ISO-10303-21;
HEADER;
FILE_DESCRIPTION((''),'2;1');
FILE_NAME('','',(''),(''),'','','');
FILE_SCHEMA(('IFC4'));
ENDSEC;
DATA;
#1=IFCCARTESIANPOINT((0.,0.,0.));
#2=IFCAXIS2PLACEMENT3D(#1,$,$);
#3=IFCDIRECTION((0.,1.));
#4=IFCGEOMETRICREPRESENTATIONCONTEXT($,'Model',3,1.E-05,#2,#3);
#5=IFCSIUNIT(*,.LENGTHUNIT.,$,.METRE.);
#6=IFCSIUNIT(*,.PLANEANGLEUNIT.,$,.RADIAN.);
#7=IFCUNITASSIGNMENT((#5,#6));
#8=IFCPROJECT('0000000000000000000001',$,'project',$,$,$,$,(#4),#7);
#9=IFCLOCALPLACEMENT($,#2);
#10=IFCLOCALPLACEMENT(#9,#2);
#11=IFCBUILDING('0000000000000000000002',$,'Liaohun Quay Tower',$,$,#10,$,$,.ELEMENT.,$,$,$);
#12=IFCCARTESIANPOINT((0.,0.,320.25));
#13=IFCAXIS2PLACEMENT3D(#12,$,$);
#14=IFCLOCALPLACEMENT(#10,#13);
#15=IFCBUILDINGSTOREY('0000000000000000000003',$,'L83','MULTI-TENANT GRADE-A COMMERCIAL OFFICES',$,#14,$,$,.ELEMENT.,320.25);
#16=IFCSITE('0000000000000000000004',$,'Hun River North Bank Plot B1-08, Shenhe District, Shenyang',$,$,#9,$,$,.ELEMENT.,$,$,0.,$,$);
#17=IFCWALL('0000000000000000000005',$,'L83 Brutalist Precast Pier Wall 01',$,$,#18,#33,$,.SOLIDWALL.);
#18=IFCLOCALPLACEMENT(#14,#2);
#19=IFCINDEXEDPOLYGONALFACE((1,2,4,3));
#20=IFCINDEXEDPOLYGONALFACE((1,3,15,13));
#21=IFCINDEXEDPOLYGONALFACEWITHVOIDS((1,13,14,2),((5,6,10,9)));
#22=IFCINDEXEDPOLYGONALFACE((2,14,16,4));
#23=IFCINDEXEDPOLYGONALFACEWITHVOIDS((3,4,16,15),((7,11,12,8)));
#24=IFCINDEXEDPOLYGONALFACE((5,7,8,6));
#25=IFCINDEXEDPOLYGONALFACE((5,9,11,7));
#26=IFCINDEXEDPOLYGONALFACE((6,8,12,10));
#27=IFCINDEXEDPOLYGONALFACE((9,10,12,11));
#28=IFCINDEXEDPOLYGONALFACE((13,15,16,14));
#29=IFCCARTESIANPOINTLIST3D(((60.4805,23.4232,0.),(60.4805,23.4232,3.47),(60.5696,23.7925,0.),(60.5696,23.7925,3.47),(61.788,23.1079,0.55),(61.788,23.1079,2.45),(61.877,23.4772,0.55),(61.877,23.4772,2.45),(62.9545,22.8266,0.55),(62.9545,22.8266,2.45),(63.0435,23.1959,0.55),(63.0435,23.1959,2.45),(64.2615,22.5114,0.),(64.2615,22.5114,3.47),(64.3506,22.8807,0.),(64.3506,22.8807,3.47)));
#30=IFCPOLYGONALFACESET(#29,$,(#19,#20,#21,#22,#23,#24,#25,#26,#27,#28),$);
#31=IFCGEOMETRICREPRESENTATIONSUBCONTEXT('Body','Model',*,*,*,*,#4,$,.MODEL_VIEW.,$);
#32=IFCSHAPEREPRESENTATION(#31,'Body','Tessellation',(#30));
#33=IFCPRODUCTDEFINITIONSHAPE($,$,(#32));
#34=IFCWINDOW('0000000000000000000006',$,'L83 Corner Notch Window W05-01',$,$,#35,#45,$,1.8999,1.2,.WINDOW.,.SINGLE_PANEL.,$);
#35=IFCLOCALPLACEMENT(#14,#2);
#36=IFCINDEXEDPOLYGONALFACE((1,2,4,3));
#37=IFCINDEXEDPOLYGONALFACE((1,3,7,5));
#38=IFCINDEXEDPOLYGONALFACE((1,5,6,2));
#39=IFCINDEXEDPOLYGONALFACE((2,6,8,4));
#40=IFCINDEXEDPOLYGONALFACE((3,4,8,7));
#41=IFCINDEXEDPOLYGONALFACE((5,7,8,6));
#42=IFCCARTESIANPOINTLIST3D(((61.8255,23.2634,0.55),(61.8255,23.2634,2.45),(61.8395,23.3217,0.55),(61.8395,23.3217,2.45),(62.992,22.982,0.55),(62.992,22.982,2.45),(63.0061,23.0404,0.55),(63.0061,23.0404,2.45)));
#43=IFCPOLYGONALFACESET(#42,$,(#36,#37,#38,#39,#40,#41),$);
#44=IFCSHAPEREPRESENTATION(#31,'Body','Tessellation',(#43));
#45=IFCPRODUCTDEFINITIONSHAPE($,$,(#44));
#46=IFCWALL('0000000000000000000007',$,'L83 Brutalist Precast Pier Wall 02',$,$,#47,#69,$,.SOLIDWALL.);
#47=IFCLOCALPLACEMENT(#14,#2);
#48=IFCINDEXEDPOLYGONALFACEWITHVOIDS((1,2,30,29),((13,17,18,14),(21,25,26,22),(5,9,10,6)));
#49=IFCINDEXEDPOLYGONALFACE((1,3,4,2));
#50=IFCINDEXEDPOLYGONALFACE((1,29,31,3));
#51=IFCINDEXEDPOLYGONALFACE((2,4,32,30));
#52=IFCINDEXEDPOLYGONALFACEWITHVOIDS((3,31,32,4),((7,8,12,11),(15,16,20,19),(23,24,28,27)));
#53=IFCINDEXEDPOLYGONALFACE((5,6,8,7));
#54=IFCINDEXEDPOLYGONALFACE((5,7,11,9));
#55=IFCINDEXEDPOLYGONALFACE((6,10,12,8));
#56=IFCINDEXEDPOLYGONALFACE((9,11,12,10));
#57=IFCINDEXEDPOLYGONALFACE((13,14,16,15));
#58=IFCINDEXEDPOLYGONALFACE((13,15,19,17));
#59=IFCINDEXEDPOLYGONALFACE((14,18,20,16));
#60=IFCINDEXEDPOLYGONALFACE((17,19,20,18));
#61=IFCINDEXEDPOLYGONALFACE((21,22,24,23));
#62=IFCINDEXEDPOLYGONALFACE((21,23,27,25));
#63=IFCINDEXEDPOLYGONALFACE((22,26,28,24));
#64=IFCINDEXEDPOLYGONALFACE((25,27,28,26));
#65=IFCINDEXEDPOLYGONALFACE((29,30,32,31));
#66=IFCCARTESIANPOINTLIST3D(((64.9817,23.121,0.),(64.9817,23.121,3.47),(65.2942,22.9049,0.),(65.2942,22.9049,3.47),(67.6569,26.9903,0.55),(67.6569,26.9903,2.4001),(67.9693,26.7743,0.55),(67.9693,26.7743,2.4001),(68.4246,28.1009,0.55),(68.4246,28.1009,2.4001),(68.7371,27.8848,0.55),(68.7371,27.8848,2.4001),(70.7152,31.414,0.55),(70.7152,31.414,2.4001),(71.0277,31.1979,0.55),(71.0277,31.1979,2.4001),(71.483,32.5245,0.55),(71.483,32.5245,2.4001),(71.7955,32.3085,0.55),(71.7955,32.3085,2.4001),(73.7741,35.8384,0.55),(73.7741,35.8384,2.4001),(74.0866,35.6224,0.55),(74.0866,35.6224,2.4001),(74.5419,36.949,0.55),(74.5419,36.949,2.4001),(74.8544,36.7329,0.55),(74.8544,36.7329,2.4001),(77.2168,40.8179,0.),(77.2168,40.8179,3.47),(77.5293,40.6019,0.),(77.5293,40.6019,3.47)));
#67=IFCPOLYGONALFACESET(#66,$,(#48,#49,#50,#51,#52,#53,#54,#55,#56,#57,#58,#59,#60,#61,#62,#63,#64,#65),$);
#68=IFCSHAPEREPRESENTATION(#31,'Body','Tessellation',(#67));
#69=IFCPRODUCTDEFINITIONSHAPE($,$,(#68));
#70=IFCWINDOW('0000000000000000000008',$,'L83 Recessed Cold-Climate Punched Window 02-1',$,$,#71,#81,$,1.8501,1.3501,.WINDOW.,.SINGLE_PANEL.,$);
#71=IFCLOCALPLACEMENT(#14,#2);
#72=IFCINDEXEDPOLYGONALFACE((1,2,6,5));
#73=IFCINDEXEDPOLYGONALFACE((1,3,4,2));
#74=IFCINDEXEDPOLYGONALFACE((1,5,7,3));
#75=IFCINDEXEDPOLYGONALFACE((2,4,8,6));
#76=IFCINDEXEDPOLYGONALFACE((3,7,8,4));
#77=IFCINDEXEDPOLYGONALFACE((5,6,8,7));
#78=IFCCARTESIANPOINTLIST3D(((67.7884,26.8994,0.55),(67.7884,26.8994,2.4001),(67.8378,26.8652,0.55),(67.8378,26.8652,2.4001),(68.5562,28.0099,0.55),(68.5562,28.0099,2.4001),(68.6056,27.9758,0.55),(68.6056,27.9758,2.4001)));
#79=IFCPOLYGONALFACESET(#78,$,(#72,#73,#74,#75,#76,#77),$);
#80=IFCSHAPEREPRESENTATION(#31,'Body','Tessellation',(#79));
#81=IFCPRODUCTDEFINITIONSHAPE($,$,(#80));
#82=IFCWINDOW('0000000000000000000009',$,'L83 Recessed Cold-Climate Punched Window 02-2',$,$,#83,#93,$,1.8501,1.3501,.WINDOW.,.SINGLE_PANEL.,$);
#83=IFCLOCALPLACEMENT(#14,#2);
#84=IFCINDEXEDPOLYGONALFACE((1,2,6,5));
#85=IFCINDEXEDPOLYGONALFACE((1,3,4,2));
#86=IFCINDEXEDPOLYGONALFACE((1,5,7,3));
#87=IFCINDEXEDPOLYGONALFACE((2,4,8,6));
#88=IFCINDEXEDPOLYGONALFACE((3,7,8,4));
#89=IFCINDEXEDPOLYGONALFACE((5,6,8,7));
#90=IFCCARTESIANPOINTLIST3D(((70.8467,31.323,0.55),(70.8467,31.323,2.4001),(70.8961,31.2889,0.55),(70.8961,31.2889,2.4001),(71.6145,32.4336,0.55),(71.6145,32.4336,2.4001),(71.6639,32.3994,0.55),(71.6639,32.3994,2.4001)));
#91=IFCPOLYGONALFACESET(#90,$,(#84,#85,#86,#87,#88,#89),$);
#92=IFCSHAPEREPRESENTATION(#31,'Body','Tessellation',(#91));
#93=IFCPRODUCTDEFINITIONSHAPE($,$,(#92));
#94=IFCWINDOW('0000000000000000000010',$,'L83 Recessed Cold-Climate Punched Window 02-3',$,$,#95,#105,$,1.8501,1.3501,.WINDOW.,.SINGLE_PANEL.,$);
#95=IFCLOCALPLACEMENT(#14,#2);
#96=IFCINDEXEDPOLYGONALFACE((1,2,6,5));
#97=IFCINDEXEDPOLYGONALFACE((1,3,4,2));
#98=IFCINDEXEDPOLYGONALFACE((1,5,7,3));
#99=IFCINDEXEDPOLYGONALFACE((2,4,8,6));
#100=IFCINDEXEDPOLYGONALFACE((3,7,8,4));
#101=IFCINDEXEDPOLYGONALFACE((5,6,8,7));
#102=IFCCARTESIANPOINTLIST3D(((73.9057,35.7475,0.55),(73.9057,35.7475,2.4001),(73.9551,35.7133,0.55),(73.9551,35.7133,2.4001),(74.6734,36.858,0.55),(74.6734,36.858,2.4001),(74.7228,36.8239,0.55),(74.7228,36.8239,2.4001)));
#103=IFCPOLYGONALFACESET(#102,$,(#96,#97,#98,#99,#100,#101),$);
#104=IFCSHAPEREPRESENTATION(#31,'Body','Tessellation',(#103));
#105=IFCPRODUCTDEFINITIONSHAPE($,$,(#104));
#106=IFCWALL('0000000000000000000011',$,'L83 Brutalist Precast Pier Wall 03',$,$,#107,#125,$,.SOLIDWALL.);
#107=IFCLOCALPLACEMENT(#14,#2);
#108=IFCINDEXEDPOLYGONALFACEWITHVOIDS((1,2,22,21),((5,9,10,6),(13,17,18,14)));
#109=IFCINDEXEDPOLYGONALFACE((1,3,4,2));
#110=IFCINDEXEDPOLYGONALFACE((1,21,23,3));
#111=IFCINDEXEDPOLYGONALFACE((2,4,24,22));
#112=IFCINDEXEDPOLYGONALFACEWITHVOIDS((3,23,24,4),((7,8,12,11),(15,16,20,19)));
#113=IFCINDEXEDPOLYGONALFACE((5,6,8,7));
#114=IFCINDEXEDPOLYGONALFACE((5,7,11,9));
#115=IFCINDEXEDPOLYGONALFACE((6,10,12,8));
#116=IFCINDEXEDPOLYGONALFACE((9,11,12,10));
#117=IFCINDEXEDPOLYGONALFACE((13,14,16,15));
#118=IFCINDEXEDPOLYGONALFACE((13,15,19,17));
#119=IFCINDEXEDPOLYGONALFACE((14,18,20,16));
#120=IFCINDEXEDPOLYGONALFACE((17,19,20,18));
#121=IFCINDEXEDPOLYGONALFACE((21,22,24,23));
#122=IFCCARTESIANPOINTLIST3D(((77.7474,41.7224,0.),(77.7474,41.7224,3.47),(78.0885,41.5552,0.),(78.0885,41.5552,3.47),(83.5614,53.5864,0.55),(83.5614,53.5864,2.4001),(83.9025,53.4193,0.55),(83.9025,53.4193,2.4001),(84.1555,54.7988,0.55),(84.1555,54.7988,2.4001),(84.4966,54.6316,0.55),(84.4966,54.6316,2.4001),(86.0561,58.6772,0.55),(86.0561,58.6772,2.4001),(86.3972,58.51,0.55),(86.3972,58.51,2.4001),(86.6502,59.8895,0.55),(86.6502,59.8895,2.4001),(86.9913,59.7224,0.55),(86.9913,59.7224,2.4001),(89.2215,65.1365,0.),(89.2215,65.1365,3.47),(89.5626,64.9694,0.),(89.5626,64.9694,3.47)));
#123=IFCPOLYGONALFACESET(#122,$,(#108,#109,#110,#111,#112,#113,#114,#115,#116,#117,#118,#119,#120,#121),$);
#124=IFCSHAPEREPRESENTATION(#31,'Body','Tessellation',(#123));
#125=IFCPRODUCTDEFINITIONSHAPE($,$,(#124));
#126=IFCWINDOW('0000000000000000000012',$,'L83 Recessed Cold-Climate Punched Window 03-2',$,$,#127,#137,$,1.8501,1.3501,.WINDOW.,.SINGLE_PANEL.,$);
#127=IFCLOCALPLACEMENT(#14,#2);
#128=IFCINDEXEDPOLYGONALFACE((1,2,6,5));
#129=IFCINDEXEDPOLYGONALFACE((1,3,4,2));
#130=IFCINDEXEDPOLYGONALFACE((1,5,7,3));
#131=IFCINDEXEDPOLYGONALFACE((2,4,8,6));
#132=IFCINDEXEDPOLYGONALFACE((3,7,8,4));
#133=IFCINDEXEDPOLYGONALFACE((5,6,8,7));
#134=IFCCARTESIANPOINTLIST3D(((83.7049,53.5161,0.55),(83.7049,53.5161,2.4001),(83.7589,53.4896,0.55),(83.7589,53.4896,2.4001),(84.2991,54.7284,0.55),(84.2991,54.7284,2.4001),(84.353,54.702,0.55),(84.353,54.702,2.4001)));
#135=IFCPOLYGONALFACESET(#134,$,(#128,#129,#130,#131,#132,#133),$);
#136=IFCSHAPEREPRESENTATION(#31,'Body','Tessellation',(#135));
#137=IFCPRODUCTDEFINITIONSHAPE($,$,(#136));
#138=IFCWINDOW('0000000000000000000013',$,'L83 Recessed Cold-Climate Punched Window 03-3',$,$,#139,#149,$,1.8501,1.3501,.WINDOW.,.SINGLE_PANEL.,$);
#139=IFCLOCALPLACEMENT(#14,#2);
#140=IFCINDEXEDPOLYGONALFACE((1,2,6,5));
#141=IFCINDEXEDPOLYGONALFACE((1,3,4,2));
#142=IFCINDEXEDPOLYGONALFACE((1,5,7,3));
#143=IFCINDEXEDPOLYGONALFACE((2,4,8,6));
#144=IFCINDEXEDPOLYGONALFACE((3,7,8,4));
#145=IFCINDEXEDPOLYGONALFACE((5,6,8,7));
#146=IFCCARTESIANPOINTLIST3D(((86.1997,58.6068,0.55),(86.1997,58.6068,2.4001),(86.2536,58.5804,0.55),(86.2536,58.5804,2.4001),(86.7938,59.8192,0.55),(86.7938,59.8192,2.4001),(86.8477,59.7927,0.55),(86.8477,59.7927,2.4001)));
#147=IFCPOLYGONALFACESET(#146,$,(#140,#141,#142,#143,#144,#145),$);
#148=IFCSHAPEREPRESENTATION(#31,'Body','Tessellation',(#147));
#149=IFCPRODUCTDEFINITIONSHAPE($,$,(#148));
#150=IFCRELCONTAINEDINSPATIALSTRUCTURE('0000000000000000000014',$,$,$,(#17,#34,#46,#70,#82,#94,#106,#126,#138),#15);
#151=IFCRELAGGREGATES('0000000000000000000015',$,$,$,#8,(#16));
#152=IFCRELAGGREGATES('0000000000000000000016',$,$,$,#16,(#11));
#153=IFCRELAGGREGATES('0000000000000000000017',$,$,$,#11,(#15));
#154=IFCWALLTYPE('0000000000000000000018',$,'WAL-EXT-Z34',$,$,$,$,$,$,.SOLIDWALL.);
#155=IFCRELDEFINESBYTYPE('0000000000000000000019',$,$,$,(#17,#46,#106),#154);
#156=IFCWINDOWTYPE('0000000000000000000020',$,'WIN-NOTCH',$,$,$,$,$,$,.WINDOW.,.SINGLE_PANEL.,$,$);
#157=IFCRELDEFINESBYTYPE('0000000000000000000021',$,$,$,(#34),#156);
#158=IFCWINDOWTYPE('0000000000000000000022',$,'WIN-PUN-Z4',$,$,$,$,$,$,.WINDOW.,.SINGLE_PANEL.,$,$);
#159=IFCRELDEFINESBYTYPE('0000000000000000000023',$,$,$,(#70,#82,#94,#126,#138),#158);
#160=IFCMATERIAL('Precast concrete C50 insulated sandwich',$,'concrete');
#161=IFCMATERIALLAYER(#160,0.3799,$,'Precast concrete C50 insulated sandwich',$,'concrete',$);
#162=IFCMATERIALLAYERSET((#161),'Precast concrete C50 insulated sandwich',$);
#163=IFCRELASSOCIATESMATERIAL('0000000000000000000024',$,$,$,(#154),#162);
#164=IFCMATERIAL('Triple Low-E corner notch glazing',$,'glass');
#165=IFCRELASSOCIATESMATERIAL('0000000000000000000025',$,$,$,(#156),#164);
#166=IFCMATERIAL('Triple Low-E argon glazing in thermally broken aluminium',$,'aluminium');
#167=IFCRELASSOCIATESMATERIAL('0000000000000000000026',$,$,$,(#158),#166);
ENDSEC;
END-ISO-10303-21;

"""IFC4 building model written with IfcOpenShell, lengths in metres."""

from ifc_helpers import new_model, si_unit, direction, frame, frame_2d, origin, place, context, subcontext, project, spatial, rectangle, extrude, source, transform, mapped, material, layer, layer_set, type_object, element, fill, save


model = new_model("IFC4")

# Units and contexts
model_context = context("Model", 3, precision=1e-05, world=origin(), true_north=direction((0.0, 1.0)))
body_context = subcontext(model_context, "Body", "Model", "MODEL_VIEW")
ifc_project = project(units=[si_unit("LENGTHUNIT", "METRE"), si_unit("PLANEANGLEUNIT", "RADIAN")], contexts=[model_context])

# Site, building, storey
site_placement = place(None, origin())
site = spatial("IfcSite", under=ifc_project, at=site_placement, Name="Hun River North Bank Plot B1-08, Shenhe District, Shenyang", CompositionType="ELEMENT", RefElevation=0.0)
building_placement = place(site_placement, origin())
building = spatial("IfcBuilding", under=site, at=building_placement, Name="Liaohun Quay Tower", CompositionType="ELEMENT")
storey_placement = place(building_placement, frame((0.0, 0.0, 320.25)))
storey = spatial("IfcBuildingStorey", under=building, at=storey_placement, Name="L83", Description="MULTI-TENANT GRADE-A COMMERCIAL OFFICES", CompositionType="ELEMENT", Elevation=320.25)

# Wall, opening, window
ifc_material_1 = material(Name="Precast concrete C50 insulated sandwich", Category="concrete")
ifc_layer_1 = layer(ifc_material_1, 0.3799, Name="Precast concrete C50 insulated sandwich", Category="concrete")
ifc_layer_set_1 = layer_set([ifc_layer_1], Name="Precast concrete C50 insulated sandwich")
wall_type_1 = type_object("IfcWallType", Name="WAL-EXT-Z34", PredefinedType="SOLIDWALL", material=ifc_layer_set_1)
wall_1_placement = place(storey_placement, frame((60.5249, 23.6079, 0.0), z_axis=(0.0, 0.0, 1.0), x_axis=(0.972129, -0.234448, 0.0)))
wall_1 = element("IfcWall", 1, at=wall_1_placement, inside=storey, type_object=wall_type_1, Name="L83 Brutalist Precast Pier Wall 01", PredefinedType="SOLIDWALL", context=body_context, shape_type="SweptSolid", body=[
    extrude(rectangle(XDim=3.8894, YDim=0.3799, at=frame_2d((1.9448, 0.0))), origin(), (0.0, 0.0, 1.0), 3.47),
])
shared_shape_1 = source(origin(), body_context, "Body", "SweptSolid", [
    extrude(rectangle(XDim=1.2, YDim=1.8999, at=frame_2d((0.6001, 0.95))), frame((0.0, 0.2, 0.0), z_axis=(0.0, -1.0, 0.0), x_axis=(1.0, 0.0, 0.0)), (0.0, 0.0, 1.0), 0.3999),
])
opening_1_placement = place(wall_1_placement, frame((1.345, 0.0, 0.55)))
opening_1 = element("IfcOpeningElement", 2, at=opening_1_placement, cuts=wall_1, PredefinedType="OPENING", context=body_context, shape_type="MappedRepresentation", body=[
    mapped(shared_shape_1, transform((0.0, 0.0, 0.0), x_axis=(1.0, 0.0, 0.0), y_axis=(0.0, 1.0, 0.0), z_axis=(0.0, 0.0, 1.0), scale=1.0)),
])
ifc_material_2 = material(Name="Triple Low-E corner notch glazing", Category="glass")
window_type_1 = type_object("IfcWindowType", Name="WIN-NOTCH", PartitioningType="SINGLE_PANEL", PredefinedType="WINDOW", material=ifc_material_2)
shared_shape_2 = source(origin(), body_context, "Body", "SweptSolid", [
    extrude(rectangle(XDim=1.2, YDim=1.8999, at=frame_2d((0.6001, 0.95))), frame((0.0, 0.03, 0.0), z_axis=(0.0, -1.0, 0.0), x_axis=(1.0, 0.0, 0.0)), (0.0, 0.0, 1.0), 0.0601),
])
window_1_placement = place(opening_1_placement, origin())
window_1 = element("IfcWindow", 3, at=window_1_placement, inside=storey, type_object=window_type_1, Name="L83 Corner Notch Window W05-01", OverallHeight=1.8999, OverallWidth=1.2, PartitioningType="SINGLE_PANEL", PredefinedType="WINDOW", context=body_context, shape_type="MappedRepresentation", body=[
    mapped(shared_shape_2, transform((0.0, 0.0, 0.0), x_axis=(1.0, 0.0, 0.0), y_axis=(0.0, 1.0, 0.0), z_axis=(0.0, 0.0, 1.0), scale=1.0)),
])
fill(opening_1, window_1)

# Walls, openings, windows
wall_2_placement = place(storey_placement, frame((65.1379, 23.0129, 0.0), z_axis=(0.0, 0.0, 1.0), x_axis=(0.568686, 0.822555, 0.0)))
wall_2 = element("IfcWall", 4, at=wall_2_placement, inside=storey, type_object=wall_type_1, Name="L83 Brutalist Precast Pier Wall 02", PredefinedType="SOLIDWALL", context=body_context, shape_type="SweptSolid", body=[
    extrude(rectangle(XDim=21.5146, YDim=0.3799, at=frame_2d((10.7573, 0.0))), origin(), (0.0, 0.0, 1.0), 3.47),
])
shared_shape_3 = source(origin(), body_context, "Body", "SweptSolid", [
    extrude(rectangle(XDim=1.3501, YDim=1.8501, at=frame_2d((0.675, 0.925))), frame((0.0, 0.2, 0.0), z_axis=(0.0, -1.0, 0.0), x_axis=(1.0, 0.0, 0.0)), (0.0, 0.0, 1.0), 0.3999),
])
opening_2_placement = place(wall_2_placement, frame((4.7041, 0.0, 0.55)))
opening_2 = element("IfcOpeningElement", 5, at=opening_2_placement, cuts=wall_2, PredefinedType="OPENING", context=body_context, shape_type="MappedRepresentation", body=[
    mapped(shared_shape_3, transform((0.0, 0.0, 0.0), x_axis=(1.0, 0.0, 0.0), y_axis=(0.0, 1.0, 0.0), z_axis=(0.0, 0.0, 1.0), scale=1.0)),
])
opening_3_placement = place(wall_2_placement, frame((10.082, 0.0, 0.55)))
opening_3 = element("IfcOpeningElement", 6, at=opening_3_placement, cuts=wall_2, PredefinedType="OPENING", context=body_context, shape_type="MappedRepresentation", body=[
    mapped(shared_shape_3, transform((0.0, 0.0, 0.0), x_axis=(1.0, 0.0, 0.0), y_axis=(0.0, 1.0, 0.0), z_axis=(0.0, 0.0, 1.0), scale=1.0)),
])
opening_4_placement = place(wall_2_placement, frame((15.4609, 0.0, 0.55)))
opening_4 = element("IfcOpeningElement", 7, at=opening_4_placement, cuts=wall_2, PredefinedType="OPENING", context=body_context, shape_type="MappedRepresentation", body=[
    mapped(shared_shape_3, transform((0.0, 0.0, 0.0), x_axis=(1.0, 0.0, 0.0), y_axis=(0.0, 1.0, 0.0), z_axis=(0.0, 0.0, 1.0), scale=1.0)),
])
ifc_material_3 = material(Name="Triple Low-E argon glazing in thermally broken aluminium", Category="aluminium")
window_type_2 = type_object("IfcWindowType", Name="WIN-PUN-Z4", PartitioningType="SINGLE_PANEL", PredefinedType="WINDOW", material=ifc_material_3)
shared_shape_4 = source(origin(), body_context, "Body", "SweptSolid", [
    extrude(rectangle(XDim=1.3501, YDim=1.8501, at=frame_2d((0.675, 0.925))), frame((0.0, 0.03, 0.0), z_axis=(0.0, -1.0, 0.0), x_axis=(1.0, 0.0, 0.0)), (0.0, 0.0, 1.0), 0.0601),
])
window_2_placement = place(opening_2_placement, origin())
window_2 = element("IfcWindow", 8, at=window_2_placement, inside=storey, type_object=window_type_2, Name="L83 Recessed Cold-Climate Punched Window 02-1", OverallHeight=1.8501, OverallWidth=1.3501, PartitioningType="SINGLE_PANEL", PredefinedType="WINDOW", context=body_context, shape_type="MappedRepresentation", body=[
    mapped(shared_shape_4, transform((0.0, 0.0, 0.0), x_axis=(1.0, 0.0, 0.0), y_axis=(0.0, 1.0, 0.0), z_axis=(0.0, 0.0, 1.0), scale=1.0)),
])
fill(opening_2, window_2)
window_3_placement = place(opening_3_placement, origin())
window_3 = element("IfcWindow", 9, at=window_3_placement, inside=storey, type_object=window_type_2, Name="L83 Recessed Cold-Climate Punched Window 02-2", OverallHeight=1.8501, OverallWidth=1.3501, PartitioningType="SINGLE_PANEL", PredefinedType="WINDOW", context=body_context, shape_type="MappedRepresentation", body=[
    mapped(shared_shape_4, transform((0.0, 0.0, 0.0), x_axis=(1.0, 0.0, 0.0), y_axis=(0.0, 1.0, 0.0), z_axis=(0.0, 0.0, 1.0), scale=1.0)),
])
fill(opening_3, window_3)
window_4_placement = place(opening_4_placement, origin())
window_4 = element("IfcWindow", 10, at=window_4_placement, inside=storey, type_object=window_type_2, Name="L83 Recessed Cold-Climate Punched Window 02-3", OverallHeight=1.8501, OverallWidth=1.3501, PartitioningType="SINGLE_PANEL", PredefinedType="WINDOW", context=body_context, shape_type="MappedRepresentation", body=[
    mapped(shared_shape_4, transform((0.0, 0.0, 0.0), x_axis=(1.0, 0.0, 0.0), y_axis=(0.0, 1.0, 0.0), z_axis=(0.0, 0.0, 1.0), scale=1.0)),
])
fill(opening_4, window_4)
wall_3_placement = place(storey_placement, frame((77.918, 41.6389, 0.0), z_axis=(0.0, 0.0, 1.0), x_axis=(0.440053, 0.897972, 0.0)))
wall_3 = element("IfcWall", 11, at=wall_3_placement, inside=storey, type_object=wall_type_1, Name="L83 Brutalist Precast Pier Wall 03", PredefinedType="SOLIDWALL", context=body_context, shape_type="SweptSolid", body=[
    extrude(rectangle(XDim=26.0745, YDim=0.3799, at=frame_2d((13.0371, 0.0))), origin(), (0.0, 0.0, 1.0), 3.47),
])
opening_5_placement = place(wall_3_placement, frame((13.2119, 0.0, 0.55)))
opening_5 = element("IfcOpeningElement", 12, at=opening_5_placement, cuts=wall_3, PredefinedType="OPENING", context=body_context, shape_type="MappedRepresentation", body=[
    mapped(shared_shape_3, transform((0.0, 0.0, 0.0), x_axis=(1.0, 0.0, 0.0), y_axis=(0.0, 1.0, 0.0), z_axis=(0.0, 0.0, 1.0), scale=1.0)),
])
opening_6_placement = place(wall_3_placement, frame((18.8811, 0.0, 0.55)))
opening_6 = element("IfcOpeningElement", 13, at=opening_6_placement, cuts=wall_3, PredefinedType="OPENING", context=body_context, shape_type="MappedRepresentation", body=[
    mapped(shared_shape_3, transform((0.0, 0.0, 0.0), x_axis=(1.0, 0.0, 0.0), y_axis=(0.0, 1.0, 0.0), z_axis=(0.0, 0.0, 1.0), scale=1.0)),
])
window_5_placement = place(opening_5_placement, origin())
window_5 = element("IfcWindow", 14, at=window_5_placement, inside=storey, type_object=window_type_2, Name="L83 Recessed Cold-Climate Punched Window 03-2", OverallHeight=1.8501, OverallWidth=1.3501, PartitioningType="SINGLE_PANEL", PredefinedType="WINDOW", context=body_context, shape_type="MappedRepresentation", body=[
    mapped(shared_shape_4, transform((0.0, 0.0, 0.0), x_axis=(1.0, 0.0, 0.0), y_axis=(0.0, 1.0, 0.0), z_axis=(0.0, 0.0, 1.0), scale=1.0)),
])
fill(opening_5, window_5)
window_6_placement = place(opening_6_placement, origin())
window_6 = element("IfcWindow", 15, at=window_6_placement, inside=storey, type_object=window_type_2, Name="L83 Recessed Cold-Climate Punched Window 03-3", OverallHeight=1.8501, OverallWidth=1.3501, PartitioningType="SINGLE_PANEL", PredefinedType="WINDOW", context=body_context, shape_type="MappedRepresentation", body=[
    mapped(shared_shape_4, transform((0.0, 0.0, 0.0), x_axis=(1.0, 0.0, 0.0), y_axis=(0.0, 1.0, 0.0), z_axis=(0.0, 0.0, 1.0), scale=1.0)),
])
fill(opening_6, window_6)

save(model, "model.ifc")
